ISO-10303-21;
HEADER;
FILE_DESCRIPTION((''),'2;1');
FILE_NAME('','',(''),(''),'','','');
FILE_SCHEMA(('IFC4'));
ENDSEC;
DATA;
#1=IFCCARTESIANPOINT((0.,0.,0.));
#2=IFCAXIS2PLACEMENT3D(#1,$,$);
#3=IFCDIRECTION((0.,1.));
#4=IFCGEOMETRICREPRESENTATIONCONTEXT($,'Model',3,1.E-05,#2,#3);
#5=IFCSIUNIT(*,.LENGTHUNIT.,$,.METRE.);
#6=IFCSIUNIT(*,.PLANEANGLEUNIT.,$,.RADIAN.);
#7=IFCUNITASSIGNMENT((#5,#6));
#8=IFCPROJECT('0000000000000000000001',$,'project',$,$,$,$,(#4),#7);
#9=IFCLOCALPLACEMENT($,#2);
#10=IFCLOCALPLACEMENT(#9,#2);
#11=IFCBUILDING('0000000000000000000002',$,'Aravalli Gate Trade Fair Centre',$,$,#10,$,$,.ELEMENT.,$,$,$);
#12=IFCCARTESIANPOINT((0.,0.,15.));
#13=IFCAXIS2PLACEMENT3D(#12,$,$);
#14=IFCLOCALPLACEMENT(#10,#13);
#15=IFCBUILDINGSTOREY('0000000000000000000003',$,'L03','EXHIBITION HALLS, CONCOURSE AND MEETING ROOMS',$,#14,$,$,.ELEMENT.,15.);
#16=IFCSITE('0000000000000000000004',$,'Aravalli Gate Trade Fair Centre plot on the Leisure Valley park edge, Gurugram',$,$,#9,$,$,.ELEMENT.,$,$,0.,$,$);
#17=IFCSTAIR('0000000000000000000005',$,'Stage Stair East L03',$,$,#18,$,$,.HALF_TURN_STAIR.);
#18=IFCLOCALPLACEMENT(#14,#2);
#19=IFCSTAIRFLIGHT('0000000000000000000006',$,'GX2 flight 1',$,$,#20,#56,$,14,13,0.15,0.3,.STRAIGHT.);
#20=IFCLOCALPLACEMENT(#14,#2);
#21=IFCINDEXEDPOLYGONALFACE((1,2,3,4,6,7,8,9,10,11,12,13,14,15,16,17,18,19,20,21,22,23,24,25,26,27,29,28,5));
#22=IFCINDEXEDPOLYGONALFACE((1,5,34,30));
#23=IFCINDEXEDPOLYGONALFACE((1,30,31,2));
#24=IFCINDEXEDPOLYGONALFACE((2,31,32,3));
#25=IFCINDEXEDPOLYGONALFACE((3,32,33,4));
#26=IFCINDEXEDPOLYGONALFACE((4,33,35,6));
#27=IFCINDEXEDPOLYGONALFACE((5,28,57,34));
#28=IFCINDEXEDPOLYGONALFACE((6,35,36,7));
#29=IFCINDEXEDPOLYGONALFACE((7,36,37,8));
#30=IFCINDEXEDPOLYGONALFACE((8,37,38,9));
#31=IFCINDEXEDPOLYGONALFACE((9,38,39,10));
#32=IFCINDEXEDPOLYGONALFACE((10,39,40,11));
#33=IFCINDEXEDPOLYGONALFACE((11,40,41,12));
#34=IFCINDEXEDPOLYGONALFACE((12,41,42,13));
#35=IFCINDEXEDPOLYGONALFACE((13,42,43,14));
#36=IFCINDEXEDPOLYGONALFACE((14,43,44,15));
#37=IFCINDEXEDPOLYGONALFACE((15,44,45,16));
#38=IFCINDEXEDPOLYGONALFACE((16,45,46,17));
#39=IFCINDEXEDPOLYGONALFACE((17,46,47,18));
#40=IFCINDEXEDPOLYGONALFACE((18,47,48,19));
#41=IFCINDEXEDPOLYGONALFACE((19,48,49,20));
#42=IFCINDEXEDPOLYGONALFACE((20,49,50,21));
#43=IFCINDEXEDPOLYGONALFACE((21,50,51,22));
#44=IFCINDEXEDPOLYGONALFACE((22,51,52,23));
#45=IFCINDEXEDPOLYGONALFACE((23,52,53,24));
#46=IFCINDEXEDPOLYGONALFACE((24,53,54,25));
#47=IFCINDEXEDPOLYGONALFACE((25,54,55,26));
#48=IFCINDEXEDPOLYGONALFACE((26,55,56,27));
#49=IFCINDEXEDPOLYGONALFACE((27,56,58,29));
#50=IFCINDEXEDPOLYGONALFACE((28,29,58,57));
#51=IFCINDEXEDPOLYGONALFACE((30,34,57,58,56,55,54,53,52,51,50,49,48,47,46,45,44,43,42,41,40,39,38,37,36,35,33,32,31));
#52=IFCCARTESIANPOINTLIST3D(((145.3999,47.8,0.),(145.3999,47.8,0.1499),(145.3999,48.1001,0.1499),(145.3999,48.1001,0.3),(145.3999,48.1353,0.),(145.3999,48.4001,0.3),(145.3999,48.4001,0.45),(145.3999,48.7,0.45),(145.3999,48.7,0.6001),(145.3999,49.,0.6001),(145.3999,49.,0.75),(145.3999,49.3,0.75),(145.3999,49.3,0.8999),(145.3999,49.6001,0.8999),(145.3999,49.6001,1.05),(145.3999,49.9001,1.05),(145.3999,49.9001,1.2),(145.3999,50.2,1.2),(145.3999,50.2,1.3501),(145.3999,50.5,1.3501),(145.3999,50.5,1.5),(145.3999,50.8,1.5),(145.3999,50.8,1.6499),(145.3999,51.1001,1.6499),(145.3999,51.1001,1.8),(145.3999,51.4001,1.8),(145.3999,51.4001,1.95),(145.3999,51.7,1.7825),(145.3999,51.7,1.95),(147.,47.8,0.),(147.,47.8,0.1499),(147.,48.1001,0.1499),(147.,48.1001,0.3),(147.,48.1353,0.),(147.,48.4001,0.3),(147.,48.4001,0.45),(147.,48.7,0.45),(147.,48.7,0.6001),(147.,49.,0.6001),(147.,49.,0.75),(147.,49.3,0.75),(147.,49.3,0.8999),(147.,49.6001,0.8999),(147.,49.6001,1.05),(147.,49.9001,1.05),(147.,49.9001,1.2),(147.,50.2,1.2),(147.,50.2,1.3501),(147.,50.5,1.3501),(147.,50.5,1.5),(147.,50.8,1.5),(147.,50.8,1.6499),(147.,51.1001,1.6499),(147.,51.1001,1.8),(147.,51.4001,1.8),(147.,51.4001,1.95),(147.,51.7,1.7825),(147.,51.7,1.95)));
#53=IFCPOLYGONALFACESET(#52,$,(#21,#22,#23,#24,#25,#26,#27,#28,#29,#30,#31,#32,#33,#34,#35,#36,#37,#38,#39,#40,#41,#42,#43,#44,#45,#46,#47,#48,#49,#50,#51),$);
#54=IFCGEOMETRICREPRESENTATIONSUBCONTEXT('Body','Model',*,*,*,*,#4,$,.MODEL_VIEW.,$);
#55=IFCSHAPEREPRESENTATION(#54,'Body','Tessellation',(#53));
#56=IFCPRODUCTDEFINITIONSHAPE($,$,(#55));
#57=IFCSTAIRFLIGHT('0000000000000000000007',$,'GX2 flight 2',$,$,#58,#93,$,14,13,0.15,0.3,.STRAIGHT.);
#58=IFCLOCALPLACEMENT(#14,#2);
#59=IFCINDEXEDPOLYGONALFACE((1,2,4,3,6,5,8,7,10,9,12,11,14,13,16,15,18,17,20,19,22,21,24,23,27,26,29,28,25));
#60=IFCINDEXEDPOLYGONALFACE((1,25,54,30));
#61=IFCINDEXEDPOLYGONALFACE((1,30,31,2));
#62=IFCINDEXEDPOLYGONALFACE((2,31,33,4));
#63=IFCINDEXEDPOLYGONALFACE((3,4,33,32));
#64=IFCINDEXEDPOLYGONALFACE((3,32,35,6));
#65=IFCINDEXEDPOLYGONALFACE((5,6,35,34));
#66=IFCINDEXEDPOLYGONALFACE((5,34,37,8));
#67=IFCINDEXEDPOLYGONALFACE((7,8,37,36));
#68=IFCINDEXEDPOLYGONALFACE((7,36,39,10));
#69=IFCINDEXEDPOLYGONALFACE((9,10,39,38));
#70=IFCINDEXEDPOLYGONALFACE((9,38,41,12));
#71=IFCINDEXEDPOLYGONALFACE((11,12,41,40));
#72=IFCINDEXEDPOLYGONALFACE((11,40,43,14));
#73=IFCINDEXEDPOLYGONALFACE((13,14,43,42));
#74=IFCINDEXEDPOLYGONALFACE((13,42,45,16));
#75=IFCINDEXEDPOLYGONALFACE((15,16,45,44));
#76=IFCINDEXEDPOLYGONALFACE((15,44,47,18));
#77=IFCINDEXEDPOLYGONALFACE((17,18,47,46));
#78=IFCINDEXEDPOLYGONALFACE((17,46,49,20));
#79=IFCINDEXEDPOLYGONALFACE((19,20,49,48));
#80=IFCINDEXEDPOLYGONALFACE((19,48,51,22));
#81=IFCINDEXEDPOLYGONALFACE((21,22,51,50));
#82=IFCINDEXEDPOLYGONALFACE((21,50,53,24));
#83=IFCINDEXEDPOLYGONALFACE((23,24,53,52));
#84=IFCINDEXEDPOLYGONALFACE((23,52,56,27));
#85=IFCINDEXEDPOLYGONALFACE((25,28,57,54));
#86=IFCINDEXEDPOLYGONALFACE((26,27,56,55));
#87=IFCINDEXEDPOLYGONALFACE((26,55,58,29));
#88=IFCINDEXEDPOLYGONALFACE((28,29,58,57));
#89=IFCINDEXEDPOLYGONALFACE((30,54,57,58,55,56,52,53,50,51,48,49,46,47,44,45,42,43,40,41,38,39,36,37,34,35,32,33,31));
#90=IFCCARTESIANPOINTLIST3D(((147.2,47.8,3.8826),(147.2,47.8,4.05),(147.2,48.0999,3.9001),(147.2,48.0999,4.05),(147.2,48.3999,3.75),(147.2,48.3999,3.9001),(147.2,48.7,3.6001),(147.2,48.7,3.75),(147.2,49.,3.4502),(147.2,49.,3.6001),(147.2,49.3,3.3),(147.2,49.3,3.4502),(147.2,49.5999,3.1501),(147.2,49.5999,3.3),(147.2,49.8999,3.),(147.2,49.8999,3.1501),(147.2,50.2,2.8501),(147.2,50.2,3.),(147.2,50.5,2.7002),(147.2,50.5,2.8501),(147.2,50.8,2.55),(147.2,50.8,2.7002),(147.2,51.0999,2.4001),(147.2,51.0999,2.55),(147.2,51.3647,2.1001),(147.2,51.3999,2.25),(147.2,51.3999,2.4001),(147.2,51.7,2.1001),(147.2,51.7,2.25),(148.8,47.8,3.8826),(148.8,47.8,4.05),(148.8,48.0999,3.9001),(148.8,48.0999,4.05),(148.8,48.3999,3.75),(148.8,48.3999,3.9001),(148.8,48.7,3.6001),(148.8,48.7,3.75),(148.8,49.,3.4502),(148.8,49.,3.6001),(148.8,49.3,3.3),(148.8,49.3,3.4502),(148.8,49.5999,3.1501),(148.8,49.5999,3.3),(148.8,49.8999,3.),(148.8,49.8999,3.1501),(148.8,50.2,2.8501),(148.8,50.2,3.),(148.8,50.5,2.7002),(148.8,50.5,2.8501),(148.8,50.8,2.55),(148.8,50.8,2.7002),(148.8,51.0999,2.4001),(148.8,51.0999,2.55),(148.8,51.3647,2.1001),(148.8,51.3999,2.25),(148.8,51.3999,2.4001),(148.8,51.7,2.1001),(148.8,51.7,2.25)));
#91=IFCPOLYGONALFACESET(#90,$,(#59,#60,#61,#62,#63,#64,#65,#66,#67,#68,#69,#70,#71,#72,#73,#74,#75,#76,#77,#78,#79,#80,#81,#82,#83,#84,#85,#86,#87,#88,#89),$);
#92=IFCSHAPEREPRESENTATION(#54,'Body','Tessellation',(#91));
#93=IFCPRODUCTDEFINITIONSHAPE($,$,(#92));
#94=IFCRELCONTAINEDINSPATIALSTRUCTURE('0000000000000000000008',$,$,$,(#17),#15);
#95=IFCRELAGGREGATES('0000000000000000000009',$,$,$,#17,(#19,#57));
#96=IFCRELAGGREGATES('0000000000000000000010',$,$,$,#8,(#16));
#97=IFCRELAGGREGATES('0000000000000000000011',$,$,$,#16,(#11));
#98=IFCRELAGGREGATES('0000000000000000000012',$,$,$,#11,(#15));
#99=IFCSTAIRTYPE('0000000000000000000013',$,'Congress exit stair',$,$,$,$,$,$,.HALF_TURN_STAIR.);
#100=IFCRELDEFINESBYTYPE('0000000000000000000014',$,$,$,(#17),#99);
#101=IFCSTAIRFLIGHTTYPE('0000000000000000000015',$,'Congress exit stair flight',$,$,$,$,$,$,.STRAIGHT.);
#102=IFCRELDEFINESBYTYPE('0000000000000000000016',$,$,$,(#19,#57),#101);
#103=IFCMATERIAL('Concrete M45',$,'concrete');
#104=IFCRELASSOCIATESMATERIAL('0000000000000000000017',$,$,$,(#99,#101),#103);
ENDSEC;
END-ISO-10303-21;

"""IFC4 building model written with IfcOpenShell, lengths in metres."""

from ifc_helpers import new_model, si_unit, direction, frame, origin, place, context, subcontext, project, spatial, polyline, outline, extrude, material, type_object, element, aggregate, save


model = new_model("IFC4")

# Units and contexts
model_context = context("Model", 3, precision=1e-05, world=origin(), true_north=direction((0.0, 1.0)))
body_context = subcontext(model_context, "Body", "Model", "MODEL_VIEW")
ifc_project = project(units=[si_unit("LENGTHUNIT", "METRE"), si_unit("PLANEANGLEUNIT", "RADIAN")], contexts=[model_context])

# Site, building, storey
site_placement = place(None, origin())
site = spatial("IfcSite", under=ifc_project, at=site_placement, Name="Aravalli Gate Trade Fair Centre plot on the Leisure Valley park edge, Gurugram", CompositionType="ELEMENT", RefElevation=0.0)
building_placement = place(site_placement, origin())
building = spatial("IfcBuilding", under=site, at=building_placement, Name="Aravalli Gate Trade Fair Centre", CompositionType="ELEMENT")
storey_placement = place(building_placement, frame((0.0, 0.0, 15.0)))
storey = spatial("IfcBuildingStorey", under=building, at=storey_placement, Name="L03", Description="EXHIBITION HALLS, CONCOURSE AND MEETING ROOMS", CompositionType="ELEMENT", Elevation=15.0)

# Shared definitions
ifc_material_1 = material(Name="Concrete M45", Category="concrete")

# Stair, stair flights
stair_type = type_object("IfcStairType", Name="Congress exit stair", PredefinedType="HALF_TURN_STAIR", material=ifc_material_1)
stair_placement = place(storey_placement, origin())
stair = element("IfcStair", 1, at=stair_placement, inside=storey, type_object=stair_type, Name="Stage Stair East L03", PredefinedType="HALF_TURN_STAIR")
stair_flight_type = type_object("IfcStairFlightType", Name="Congress exit stair flight", PredefinedType="STRAIGHT", material=ifc_material_1)
stair_flight_1_placement = place(storey_placement, frame((146.2, 47.8, 0.0), z_axis=(0.0, 0.0, 1.0), x_axis=(0.0, 1.0, 0.0)))
stair_flight_1 = element("IfcStairFlight", 2, at=stair_flight_1_placement, type_object=stair_flight_type, Name="GX2 flight 1", NumberOfRisers=14, NumberOfTreads=13, PredefinedType="STRAIGHT", RiserHeight=0.15, TreadLength=0.3, context=body_context, shape_type="SweptSolid", body=[
    extrude(outline(polyline([(0.0, 0.0), (0.0, 0.1499), (0.3, 0.1499), (0.3, 0.3), (0.6001, 0.3), (0.6001, 0.45), (0.8999, 0.45), (0.8999, 0.6001), (1.2, 0.6001), (1.2, 0.75), (1.5, 0.75), (1.5, 0.8999), (1.8, 0.8999), (1.8, 1.05), (2.1001, 1.05), (2.1001, 1.2), (2.3999, 1.2), (2.3999, 1.3501), (2.7, 1.3501), (2.7, 1.5), (3.0, 1.5), (3.0, 1.6499), (3.3, 1.6499), (3.3, 1.8), (3.6001, 1.8), (3.6001, 1.95), (3.8999, 1.95), (3.8999, 2.1001), (3.8999, 1.7825), (0.3352, 0.0), (0.0, 0.0)])), frame((0.0, 0.8, 0.0), z_axis=(0.0, -1.0, 0.0), x_axis=(1.0, 0.0, 0.0)), (0.0, 0.0, 1.0), 1.6001),
])
stair_flight_2_placement = place(storey_placement, frame((148.0, 51.7, 2.1001), z_axis=(0.0, 0.0, 1.0), x_axis=(0.0, -1.0, 0.0)))
stair_flight_2 = element("IfcStairFlight", 3, at=stair_flight_2_placement, type_object=stair_flight_type, Name="GX2 flight 2", NumberOfRisers=14, NumberOfTreads=13, PredefinedType="STRAIGHT", RiserHeight=0.15, TreadLength=0.3, context=body_context, shape_type="SweptSolid", body=[
    extrude(outline(polyline([(0.0, 0.0), (0.0, 0.1499), (0.3, 0.1499), (0.3, 0.3), (0.6001, 0.3), (0.6001, 0.45), (0.8999, 0.45), (0.8999, 0.6001), (1.2, 0.6001), (1.2, 0.75), (1.5, 0.75), (1.5, 0.8999), (1.8, 0.8999), (1.8, 1.05), (2.1001, 1.05), (2.1001, 1.2), (2.3999, 1.2), (2.3999, 1.3501), (2.7, 1.3501), (2.7, 1.5), (3.0, 1.5), (3.0, 1.6499), (3.3, 1.6499), (3.3, 1.8), (3.6001, 1.8), (3.6001, 1.95), (3.8999, 1.95), (3.8999, 2.1001), (3.8999, 1.7825), (0.3352, 0.0), (0.0, 0.0)])), frame((0.0, 0.8, 0.0), z_axis=(0.0, -1.0, 0.0), x_axis=(1.0, 0.0, 0.0)), (0.0, 0.0, 1.0), 1.6001),
])
aggregate(stair, [stair_flight_1, stair_flight_2])

save(model, "model.ifc")
